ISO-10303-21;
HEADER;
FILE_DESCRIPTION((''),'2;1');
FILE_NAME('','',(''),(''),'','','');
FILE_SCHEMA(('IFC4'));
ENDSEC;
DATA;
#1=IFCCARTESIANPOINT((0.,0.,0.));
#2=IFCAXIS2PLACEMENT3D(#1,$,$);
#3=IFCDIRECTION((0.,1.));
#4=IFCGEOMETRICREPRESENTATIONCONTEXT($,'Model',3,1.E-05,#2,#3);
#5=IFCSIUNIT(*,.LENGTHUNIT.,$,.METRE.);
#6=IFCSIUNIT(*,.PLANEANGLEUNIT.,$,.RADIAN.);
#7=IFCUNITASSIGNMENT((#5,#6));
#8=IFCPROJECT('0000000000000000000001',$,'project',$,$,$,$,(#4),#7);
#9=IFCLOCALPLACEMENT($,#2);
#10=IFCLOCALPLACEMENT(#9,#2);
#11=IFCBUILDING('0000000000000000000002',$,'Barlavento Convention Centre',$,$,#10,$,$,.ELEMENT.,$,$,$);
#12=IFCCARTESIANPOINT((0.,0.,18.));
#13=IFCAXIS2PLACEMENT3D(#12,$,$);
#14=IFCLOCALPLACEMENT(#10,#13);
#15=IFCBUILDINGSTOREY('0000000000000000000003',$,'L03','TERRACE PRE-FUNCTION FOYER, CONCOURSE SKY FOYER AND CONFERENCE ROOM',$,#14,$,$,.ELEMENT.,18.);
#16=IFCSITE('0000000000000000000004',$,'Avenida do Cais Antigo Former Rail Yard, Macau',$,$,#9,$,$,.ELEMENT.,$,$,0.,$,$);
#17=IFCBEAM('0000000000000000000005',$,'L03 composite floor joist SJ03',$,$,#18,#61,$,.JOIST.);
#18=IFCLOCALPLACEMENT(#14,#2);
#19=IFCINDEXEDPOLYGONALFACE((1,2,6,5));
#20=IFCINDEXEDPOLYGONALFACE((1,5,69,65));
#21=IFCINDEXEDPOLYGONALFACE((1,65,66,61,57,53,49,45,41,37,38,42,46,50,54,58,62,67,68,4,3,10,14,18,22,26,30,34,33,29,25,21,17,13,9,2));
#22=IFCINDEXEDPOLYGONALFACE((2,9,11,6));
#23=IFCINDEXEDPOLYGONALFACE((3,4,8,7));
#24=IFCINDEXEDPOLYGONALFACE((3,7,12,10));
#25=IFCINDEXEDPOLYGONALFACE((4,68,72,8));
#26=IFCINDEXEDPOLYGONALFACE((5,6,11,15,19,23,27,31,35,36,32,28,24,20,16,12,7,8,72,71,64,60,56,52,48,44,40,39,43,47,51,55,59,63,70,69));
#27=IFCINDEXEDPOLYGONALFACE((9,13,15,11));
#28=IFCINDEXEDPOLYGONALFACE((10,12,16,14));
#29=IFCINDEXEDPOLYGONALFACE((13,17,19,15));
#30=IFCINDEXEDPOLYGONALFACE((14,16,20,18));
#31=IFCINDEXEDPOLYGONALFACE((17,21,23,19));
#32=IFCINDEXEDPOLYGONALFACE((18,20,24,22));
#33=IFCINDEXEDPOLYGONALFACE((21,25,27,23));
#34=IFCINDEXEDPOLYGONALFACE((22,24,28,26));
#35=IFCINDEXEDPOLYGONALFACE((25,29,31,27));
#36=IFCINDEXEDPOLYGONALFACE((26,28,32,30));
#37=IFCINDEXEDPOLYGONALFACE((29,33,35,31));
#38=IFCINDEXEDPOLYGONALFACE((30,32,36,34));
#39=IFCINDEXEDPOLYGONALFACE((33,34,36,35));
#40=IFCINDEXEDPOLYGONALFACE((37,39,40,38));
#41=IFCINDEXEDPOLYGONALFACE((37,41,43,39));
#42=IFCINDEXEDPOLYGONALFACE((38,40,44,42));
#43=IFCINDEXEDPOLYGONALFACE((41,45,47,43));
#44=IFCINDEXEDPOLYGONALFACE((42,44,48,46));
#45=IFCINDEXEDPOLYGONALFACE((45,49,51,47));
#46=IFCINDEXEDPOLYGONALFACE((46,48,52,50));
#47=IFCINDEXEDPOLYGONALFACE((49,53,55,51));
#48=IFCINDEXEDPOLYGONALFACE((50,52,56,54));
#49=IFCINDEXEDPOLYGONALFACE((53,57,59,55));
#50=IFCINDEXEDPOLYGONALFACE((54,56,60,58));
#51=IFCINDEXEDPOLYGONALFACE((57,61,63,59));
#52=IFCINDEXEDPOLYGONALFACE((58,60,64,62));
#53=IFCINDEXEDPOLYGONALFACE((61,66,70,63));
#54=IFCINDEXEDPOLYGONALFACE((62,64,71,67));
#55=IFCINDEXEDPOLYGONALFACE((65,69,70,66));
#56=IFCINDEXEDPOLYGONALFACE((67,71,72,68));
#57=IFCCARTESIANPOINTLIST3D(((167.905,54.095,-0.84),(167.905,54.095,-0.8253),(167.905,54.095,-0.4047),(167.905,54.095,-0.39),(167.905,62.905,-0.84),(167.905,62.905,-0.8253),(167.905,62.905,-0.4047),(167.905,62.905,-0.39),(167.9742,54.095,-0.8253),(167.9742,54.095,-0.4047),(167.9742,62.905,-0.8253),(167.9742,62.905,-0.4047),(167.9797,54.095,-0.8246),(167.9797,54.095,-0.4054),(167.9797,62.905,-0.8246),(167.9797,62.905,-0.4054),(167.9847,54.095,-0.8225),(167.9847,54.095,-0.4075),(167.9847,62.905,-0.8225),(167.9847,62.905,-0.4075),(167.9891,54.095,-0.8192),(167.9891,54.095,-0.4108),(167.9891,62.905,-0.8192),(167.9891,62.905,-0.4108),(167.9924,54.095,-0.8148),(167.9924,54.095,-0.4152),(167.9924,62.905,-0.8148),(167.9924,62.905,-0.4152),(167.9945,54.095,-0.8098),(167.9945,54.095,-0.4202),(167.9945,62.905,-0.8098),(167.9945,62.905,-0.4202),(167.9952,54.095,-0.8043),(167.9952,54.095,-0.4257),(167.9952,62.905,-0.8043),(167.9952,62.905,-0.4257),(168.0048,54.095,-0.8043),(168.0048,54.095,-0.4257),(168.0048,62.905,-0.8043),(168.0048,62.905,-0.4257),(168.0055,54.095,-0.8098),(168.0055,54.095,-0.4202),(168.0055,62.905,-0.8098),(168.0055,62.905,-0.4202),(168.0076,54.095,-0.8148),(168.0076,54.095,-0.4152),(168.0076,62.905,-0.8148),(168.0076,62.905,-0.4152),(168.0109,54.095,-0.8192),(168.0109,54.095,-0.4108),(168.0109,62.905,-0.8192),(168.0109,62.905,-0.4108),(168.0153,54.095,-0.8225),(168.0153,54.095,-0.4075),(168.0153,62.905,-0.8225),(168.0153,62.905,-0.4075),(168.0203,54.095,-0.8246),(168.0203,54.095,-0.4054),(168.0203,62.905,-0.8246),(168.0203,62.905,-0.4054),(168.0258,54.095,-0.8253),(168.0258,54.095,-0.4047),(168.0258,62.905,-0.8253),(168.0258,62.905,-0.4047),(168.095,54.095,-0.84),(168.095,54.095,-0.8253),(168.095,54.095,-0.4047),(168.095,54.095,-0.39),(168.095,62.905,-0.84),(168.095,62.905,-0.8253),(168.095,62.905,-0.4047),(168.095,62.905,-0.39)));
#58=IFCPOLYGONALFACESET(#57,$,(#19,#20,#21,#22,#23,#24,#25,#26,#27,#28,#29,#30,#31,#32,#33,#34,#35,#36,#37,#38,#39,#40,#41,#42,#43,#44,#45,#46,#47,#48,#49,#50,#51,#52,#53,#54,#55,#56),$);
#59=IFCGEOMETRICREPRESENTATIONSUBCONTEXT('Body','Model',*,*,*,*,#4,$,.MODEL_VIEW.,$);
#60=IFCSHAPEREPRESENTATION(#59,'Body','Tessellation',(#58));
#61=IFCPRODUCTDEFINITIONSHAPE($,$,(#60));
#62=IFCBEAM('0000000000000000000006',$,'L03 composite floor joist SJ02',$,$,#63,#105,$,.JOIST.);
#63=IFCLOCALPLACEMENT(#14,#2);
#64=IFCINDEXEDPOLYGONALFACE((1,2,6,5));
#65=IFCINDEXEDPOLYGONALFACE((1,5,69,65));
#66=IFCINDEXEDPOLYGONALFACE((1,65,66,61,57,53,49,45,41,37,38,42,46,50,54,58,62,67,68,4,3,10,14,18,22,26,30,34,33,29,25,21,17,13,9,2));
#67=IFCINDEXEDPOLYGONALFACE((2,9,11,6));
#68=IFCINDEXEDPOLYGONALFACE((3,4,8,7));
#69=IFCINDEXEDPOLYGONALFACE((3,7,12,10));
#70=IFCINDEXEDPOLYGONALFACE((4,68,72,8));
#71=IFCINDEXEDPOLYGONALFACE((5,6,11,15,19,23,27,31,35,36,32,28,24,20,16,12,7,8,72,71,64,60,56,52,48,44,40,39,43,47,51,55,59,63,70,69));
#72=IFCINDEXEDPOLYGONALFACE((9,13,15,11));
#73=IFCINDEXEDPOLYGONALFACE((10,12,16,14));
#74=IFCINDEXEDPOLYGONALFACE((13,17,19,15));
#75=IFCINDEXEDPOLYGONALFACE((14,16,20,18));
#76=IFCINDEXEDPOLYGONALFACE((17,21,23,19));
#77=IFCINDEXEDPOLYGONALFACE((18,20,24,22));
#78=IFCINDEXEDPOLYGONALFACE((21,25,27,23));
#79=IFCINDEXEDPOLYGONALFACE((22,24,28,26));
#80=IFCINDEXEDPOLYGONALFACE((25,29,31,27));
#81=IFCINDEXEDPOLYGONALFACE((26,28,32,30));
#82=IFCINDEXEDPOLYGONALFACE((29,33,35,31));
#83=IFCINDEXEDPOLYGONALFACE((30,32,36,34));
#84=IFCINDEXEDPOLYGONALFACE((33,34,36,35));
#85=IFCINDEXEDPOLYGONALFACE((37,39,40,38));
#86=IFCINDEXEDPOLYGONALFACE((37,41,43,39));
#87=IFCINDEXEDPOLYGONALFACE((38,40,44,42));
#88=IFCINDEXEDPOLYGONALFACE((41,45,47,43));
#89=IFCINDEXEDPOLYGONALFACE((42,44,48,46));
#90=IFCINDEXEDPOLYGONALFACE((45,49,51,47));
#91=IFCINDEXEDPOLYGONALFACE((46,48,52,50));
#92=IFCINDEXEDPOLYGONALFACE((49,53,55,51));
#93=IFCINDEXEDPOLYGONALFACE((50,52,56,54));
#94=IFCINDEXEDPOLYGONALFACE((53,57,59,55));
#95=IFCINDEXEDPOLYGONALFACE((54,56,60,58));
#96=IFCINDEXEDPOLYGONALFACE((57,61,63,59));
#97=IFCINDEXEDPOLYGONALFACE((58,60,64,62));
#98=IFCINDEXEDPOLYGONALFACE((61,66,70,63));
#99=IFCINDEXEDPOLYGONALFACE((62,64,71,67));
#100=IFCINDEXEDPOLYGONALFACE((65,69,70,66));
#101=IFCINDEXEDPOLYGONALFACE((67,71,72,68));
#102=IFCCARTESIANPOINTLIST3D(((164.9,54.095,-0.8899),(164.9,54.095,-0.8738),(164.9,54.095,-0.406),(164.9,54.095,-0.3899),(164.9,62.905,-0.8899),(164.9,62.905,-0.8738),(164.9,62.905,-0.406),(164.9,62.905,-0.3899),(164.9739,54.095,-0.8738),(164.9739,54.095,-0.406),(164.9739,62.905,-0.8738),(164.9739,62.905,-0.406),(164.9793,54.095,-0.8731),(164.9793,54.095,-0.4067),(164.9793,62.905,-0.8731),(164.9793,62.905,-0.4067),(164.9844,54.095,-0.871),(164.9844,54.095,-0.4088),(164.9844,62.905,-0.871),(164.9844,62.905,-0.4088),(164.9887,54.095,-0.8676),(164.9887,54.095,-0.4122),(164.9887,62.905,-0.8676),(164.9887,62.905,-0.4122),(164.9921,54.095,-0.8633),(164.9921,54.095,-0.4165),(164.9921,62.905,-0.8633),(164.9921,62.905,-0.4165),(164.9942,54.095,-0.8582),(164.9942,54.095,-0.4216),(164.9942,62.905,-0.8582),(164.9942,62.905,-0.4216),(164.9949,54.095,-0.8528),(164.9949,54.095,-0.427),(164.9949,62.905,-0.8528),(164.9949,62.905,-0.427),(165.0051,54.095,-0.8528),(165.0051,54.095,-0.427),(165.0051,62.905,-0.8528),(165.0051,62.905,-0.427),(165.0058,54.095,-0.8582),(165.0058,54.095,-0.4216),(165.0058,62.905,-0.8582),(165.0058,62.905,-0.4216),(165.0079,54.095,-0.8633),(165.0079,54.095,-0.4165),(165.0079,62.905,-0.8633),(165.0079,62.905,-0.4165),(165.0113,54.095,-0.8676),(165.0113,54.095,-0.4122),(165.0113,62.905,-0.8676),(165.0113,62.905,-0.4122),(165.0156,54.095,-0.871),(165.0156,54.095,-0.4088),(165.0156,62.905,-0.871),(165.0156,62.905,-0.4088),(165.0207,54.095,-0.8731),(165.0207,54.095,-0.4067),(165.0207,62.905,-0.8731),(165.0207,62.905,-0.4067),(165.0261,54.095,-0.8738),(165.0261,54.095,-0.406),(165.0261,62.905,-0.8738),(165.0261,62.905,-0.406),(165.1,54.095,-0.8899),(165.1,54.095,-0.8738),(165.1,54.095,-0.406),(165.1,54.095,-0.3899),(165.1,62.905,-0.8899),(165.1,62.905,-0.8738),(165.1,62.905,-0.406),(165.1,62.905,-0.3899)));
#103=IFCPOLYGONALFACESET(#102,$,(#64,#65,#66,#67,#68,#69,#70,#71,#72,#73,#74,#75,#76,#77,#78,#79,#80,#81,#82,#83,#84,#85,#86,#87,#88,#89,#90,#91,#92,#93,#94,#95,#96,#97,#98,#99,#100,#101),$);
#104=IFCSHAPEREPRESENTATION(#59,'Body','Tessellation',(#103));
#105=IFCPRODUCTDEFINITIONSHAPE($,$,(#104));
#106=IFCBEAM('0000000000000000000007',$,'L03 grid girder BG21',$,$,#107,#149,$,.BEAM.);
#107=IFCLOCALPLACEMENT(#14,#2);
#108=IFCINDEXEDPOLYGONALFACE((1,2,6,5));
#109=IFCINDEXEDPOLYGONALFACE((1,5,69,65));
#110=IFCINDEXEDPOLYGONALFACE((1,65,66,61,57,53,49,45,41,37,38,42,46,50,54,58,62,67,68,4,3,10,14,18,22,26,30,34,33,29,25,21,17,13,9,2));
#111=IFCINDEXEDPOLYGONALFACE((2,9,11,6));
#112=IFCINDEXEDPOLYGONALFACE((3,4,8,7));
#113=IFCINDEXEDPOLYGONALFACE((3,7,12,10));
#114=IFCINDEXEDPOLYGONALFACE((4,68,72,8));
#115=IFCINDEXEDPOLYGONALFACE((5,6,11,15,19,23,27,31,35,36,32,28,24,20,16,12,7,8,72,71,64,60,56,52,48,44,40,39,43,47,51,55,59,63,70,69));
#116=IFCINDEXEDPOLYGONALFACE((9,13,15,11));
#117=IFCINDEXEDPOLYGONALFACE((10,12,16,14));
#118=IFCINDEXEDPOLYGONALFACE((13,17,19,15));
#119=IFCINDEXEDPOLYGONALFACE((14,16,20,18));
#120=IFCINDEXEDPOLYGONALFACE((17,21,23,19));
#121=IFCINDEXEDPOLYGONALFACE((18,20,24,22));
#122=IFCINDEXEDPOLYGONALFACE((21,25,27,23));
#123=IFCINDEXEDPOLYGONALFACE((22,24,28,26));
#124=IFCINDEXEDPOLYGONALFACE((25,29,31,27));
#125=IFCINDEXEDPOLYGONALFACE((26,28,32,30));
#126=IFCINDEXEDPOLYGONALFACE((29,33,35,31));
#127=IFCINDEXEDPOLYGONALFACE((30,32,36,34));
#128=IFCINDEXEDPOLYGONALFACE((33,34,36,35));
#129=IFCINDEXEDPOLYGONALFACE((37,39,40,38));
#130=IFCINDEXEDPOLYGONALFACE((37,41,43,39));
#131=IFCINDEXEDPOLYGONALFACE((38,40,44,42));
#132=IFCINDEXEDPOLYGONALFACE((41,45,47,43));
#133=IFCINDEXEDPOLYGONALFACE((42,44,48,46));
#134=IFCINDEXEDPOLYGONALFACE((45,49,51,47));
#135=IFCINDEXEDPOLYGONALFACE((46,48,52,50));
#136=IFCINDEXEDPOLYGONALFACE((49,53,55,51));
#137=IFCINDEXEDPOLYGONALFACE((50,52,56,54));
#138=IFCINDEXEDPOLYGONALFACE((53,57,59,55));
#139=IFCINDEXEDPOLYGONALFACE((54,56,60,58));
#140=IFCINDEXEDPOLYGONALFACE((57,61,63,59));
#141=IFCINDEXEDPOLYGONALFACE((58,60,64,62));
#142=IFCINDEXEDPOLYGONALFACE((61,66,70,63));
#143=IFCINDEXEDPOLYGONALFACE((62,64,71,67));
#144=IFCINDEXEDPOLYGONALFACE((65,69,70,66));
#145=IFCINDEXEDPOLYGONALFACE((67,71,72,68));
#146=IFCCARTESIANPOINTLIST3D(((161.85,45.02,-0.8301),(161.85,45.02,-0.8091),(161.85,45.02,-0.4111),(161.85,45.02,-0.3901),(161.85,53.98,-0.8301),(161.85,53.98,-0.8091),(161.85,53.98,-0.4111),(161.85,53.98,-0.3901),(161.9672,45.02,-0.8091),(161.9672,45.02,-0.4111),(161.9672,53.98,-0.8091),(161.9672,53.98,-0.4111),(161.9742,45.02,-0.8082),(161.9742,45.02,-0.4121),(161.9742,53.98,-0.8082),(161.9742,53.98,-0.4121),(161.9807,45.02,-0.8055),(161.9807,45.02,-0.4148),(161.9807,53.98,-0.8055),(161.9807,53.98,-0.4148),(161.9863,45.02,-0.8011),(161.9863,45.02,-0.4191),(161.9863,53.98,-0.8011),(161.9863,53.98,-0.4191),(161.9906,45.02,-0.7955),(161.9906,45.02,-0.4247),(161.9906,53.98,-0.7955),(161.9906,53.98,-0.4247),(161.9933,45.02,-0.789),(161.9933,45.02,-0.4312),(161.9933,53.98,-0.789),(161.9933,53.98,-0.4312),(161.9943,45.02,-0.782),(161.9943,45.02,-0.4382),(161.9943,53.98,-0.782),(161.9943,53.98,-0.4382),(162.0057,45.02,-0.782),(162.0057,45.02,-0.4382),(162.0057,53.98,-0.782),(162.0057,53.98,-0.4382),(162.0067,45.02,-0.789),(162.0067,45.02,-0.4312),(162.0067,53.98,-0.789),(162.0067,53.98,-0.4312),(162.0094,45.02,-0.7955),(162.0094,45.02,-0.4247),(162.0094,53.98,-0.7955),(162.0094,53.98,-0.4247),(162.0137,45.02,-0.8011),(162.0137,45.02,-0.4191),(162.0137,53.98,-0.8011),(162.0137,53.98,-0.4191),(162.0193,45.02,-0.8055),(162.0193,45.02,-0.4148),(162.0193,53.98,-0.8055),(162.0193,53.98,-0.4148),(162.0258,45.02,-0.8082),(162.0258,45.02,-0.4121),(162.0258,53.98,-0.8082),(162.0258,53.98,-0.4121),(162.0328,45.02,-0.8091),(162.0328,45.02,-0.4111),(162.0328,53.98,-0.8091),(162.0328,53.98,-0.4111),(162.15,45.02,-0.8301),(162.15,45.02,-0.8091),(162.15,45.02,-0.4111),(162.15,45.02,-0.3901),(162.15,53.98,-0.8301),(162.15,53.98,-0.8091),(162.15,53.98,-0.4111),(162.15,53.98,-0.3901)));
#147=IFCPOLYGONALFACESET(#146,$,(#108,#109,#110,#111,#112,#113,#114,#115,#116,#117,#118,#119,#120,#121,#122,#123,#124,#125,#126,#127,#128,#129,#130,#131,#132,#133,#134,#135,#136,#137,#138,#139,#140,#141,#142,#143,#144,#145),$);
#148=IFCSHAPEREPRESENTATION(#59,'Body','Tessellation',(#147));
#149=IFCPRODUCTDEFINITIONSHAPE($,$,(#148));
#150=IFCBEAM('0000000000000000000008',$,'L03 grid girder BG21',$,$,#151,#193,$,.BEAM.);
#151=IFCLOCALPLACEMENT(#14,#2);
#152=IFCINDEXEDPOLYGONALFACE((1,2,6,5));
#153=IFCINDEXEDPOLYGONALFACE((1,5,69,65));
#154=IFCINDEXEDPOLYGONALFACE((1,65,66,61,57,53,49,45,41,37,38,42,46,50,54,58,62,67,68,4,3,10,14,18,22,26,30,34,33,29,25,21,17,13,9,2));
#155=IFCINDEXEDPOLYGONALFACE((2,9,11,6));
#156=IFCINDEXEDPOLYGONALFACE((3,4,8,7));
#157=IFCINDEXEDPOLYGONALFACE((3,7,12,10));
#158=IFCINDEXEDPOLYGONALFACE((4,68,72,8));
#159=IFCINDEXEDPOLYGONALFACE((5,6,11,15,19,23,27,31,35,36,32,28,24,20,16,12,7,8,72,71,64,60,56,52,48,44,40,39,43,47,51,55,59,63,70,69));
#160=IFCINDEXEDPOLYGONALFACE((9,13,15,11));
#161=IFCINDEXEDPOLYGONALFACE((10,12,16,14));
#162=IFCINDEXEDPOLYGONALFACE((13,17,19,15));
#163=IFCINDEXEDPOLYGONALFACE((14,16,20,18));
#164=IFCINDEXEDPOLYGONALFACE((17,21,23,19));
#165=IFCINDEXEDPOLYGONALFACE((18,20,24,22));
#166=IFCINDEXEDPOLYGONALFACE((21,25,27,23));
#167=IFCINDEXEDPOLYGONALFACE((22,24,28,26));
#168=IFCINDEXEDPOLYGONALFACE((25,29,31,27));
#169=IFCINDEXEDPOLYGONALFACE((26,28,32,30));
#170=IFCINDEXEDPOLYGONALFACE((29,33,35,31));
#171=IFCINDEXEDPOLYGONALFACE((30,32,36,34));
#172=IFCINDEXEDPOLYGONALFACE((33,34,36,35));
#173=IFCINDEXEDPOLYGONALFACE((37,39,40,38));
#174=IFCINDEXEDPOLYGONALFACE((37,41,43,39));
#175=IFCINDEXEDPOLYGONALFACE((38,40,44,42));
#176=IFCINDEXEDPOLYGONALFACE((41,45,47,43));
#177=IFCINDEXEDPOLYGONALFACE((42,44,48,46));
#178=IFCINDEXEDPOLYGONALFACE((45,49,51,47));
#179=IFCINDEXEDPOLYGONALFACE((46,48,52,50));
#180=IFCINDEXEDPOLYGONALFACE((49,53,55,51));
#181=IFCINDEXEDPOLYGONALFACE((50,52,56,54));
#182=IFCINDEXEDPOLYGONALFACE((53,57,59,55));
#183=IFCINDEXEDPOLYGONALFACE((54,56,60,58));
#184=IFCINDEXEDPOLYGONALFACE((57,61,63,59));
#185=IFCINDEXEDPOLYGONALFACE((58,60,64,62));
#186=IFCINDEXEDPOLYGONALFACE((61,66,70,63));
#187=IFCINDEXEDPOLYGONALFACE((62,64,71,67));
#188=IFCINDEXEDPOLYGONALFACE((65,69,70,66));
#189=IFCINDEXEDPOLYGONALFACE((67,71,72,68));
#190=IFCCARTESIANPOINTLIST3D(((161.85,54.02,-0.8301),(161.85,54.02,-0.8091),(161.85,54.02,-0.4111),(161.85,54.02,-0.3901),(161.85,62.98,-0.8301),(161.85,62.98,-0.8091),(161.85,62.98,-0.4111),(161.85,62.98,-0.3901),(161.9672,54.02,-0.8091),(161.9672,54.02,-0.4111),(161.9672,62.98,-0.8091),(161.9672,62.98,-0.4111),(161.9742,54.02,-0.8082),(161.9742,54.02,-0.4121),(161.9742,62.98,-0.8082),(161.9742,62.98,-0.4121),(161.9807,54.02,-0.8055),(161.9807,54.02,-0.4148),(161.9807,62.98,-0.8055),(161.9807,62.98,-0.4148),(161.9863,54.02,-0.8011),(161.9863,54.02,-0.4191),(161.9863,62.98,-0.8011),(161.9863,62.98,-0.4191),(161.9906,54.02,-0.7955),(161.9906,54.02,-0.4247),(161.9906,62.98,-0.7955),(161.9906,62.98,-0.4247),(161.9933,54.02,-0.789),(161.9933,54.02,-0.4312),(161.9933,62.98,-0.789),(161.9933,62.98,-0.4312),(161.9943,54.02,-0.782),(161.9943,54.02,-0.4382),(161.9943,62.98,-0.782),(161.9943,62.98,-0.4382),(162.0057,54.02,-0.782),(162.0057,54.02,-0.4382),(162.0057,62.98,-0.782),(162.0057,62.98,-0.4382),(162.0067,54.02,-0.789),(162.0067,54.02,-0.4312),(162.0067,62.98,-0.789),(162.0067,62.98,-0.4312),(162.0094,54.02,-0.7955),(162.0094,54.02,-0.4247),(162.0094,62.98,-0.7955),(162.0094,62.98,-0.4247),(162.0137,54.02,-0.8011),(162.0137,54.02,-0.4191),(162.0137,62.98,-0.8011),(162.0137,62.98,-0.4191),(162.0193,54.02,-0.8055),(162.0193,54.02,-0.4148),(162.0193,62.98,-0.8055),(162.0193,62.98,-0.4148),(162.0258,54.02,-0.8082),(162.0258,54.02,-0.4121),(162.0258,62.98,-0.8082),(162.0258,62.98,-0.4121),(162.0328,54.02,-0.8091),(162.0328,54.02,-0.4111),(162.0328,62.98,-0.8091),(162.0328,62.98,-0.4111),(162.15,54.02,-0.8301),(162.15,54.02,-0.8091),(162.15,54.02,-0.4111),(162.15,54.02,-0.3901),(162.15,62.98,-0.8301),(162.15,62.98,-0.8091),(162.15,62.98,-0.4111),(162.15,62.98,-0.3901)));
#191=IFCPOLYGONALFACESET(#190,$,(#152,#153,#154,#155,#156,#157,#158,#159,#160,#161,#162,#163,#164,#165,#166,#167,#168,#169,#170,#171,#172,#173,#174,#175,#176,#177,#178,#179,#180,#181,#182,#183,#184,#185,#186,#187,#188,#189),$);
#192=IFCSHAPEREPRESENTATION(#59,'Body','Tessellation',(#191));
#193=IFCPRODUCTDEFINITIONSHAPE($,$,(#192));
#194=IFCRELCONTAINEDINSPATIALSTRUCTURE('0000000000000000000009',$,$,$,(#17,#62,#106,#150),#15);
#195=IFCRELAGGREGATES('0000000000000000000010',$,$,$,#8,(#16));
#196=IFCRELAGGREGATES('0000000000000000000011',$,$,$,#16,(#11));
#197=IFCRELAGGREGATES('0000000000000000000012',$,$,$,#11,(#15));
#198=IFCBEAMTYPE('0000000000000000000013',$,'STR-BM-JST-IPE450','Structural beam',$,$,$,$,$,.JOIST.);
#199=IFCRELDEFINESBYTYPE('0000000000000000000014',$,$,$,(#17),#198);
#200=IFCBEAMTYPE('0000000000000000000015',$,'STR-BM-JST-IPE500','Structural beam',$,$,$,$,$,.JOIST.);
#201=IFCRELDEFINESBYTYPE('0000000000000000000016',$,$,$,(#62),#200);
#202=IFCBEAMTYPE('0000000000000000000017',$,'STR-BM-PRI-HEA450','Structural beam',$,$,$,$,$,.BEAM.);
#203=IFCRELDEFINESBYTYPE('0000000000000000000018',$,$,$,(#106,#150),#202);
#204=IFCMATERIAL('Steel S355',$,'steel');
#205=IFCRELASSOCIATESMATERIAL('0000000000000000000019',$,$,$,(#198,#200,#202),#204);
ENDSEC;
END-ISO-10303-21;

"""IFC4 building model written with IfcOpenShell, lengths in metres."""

from ifc_helpers import new_model, si_unit, direction, frame, origin, origin_2d, place, context, subcontext, project, spatial, i_section, extrude, material, material_profile, profile_set, type_object, element, save


model = new_model("IFC4")

# Units and contexts
model_context = context("Model", 3, precision=1e-05, world=origin(), true_north=direction((0.0, 1.0)))
body_context = subcontext(model_context, "Body", "Model", "MODEL_VIEW")
ifc_project = project(units=[si_unit("LENGTHUNIT", "METRE"), si_unit("PLANEANGLEUNIT", "RADIAN")], contexts=[model_context])

# Site, building, storey
site_placement = place(None, origin())
site = spatial("IfcSite", under=ifc_project, at=site_placement, Name="Avenida do Cais Antigo Former Rail Yard, Macau", CompositionType="ELEMENT", RefElevation=0.0)
building_placement = place(site_placement, origin())
building = spatial("IfcBuilding", under=site, at=building_placement, Name="Barlavento Convention Centre", CompositionType="ELEMENT")
storey_placement = place(building_placement, frame((0.0, 0.0, 18.0)))
storey = spatial("IfcBuildingStorey", under=building, at=storey_placement, Name="L03", Description="TERRACE PRE-FUNCTION FOYER, CONCOURSE SKY FOYER AND CONFERENCE ROOM", CompositionType="ELEMENT", Elevation=18.0)

# Shared definitions
ifc_material_1 = material(Name="Steel S355", Category="steel")

# Beams
ifc_material_profile_1 = material_profile(ifc_material_1, i_section(OverallWidth=0.1899, OverallDepth=0.45, WebThickness=0.0095, FlangeThickness=0.0146, FilletRadius=0.021, at=origin_2d()), Name="IPE 450")
ifc_profile_set_1 = profile_set([ifc_material_profile_1], Name="Steel S355")
beam_type_1 = type_object("IfcBeamType", Name="STR-BM-JST-IPE450", Description="Structural beam", PredefinedType="JOIST", material=ifc_profile_set_1)
beam_1_placement = place(storey_placement, frame((168.0, 54.095, -0.615), z_axis=(0.0, 1.0, 0.0), x_axis=(-1.0, 0.0, 0.0)))
element("IfcBeam", 1, at=beam_1_placement, inside=storey, type_object=beam_type_1, Name="L03 composite floor joist SJ03", PredefinedType="JOIST", context=body_context, shape_type="SweptSolid", body=[
    extrude(i_section(OverallWidth=0.1899, OverallDepth=0.45, WebThickness=0.0095, FlangeThickness=0.0146, FilletRadius=0.021, at=origin_2d()), origin(), (0.0, 0.0, 1.0), 8.8101),
])
ifc_material_profile_2 = material_profile(ifc_material_1, i_section(OverallWidth=0.2, OverallDepth=0.5, WebThickness=0.0103, FlangeThickness=0.0161, FilletRadius=0.021, at=origin_2d()), Name="IPE 500")
ifc_profile_set_2 = profile_set([ifc_material_profile_2], Name="Steel S355")
beam_type_2 = type_object("IfcBeamType", Name="STR-BM-JST-IPE500", Description="Structural beam", PredefinedType="JOIST", material=ifc_profile_set_2)
beam_2_placement = place(storey_placement, frame((165.0, 54.095, -0.6399), z_axis=(0.0, 1.0, 0.0), x_axis=(-1.0, 0.0, 0.0)))
element("IfcBeam", 2, at=beam_2_placement, inside=storey, type_object=beam_type_2, Name="L03 composite floor joist SJ02", PredefinedType="JOIST", context=body_context, shape_type="SweptSolid", body=[
    extrude(i_section(OverallWidth=0.2, OverallDepth=0.5, WebThickness=0.0103, FlangeThickness=0.0161, FilletRadius=0.021, at=origin_2d()), origin(), (0.0, 0.0, 1.0), 8.8101),
])
ifc_material_profile_3 = material_profile(ifc_material_1, i_section(OverallWidth=0.3, OverallDepth=0.4399, WebThickness=0.0115, FlangeThickness=0.021, FilletRadius=0.0271, at=origin_2d()), Name="HEA 450")
ifc_profile_set_3 = profile_set([ifc_material_profile_3], Name="Steel S355")
beam_type_3 = type_object("IfcBeamType", Name="STR-BM-PRI-HEA450", Description="Structural beam", PredefinedType="BEAM", material=ifc_profile_set_3)
for number, where, z_axis, x_axis, name in (
    (3, (162.0, 45.02, -0.6101), (0.0, 1.0, 0.0), (-1.0, 0.0, 0.0), "L03 grid girder BG21"),
    (4, (162.0, 54.02, -0.6101), (0.0, 1.0, 0.0), (-1.0, 0.0, 0.0), "L03 grid girder BG21"),
):
    element("IfcBeam", number, at=place(storey_placement, frame(where, z_axis=z_axis, x_axis=x_axis)), inside=storey, type_object=beam_type_3, Name=name, PredefinedType="BEAM", context=body_context, shape_type="SweptSolid", body=[
        extrude(i_section(OverallWidth=0.3, OverallDepth=0.4399, WebThickness=0.0115, FlangeThickness=0.021, FilletRadius=0.0271, at=origin_2d()), origin(), (0.0, 0.0, 1.0), 8.96),
    ])

save(model, "model.ifc")
